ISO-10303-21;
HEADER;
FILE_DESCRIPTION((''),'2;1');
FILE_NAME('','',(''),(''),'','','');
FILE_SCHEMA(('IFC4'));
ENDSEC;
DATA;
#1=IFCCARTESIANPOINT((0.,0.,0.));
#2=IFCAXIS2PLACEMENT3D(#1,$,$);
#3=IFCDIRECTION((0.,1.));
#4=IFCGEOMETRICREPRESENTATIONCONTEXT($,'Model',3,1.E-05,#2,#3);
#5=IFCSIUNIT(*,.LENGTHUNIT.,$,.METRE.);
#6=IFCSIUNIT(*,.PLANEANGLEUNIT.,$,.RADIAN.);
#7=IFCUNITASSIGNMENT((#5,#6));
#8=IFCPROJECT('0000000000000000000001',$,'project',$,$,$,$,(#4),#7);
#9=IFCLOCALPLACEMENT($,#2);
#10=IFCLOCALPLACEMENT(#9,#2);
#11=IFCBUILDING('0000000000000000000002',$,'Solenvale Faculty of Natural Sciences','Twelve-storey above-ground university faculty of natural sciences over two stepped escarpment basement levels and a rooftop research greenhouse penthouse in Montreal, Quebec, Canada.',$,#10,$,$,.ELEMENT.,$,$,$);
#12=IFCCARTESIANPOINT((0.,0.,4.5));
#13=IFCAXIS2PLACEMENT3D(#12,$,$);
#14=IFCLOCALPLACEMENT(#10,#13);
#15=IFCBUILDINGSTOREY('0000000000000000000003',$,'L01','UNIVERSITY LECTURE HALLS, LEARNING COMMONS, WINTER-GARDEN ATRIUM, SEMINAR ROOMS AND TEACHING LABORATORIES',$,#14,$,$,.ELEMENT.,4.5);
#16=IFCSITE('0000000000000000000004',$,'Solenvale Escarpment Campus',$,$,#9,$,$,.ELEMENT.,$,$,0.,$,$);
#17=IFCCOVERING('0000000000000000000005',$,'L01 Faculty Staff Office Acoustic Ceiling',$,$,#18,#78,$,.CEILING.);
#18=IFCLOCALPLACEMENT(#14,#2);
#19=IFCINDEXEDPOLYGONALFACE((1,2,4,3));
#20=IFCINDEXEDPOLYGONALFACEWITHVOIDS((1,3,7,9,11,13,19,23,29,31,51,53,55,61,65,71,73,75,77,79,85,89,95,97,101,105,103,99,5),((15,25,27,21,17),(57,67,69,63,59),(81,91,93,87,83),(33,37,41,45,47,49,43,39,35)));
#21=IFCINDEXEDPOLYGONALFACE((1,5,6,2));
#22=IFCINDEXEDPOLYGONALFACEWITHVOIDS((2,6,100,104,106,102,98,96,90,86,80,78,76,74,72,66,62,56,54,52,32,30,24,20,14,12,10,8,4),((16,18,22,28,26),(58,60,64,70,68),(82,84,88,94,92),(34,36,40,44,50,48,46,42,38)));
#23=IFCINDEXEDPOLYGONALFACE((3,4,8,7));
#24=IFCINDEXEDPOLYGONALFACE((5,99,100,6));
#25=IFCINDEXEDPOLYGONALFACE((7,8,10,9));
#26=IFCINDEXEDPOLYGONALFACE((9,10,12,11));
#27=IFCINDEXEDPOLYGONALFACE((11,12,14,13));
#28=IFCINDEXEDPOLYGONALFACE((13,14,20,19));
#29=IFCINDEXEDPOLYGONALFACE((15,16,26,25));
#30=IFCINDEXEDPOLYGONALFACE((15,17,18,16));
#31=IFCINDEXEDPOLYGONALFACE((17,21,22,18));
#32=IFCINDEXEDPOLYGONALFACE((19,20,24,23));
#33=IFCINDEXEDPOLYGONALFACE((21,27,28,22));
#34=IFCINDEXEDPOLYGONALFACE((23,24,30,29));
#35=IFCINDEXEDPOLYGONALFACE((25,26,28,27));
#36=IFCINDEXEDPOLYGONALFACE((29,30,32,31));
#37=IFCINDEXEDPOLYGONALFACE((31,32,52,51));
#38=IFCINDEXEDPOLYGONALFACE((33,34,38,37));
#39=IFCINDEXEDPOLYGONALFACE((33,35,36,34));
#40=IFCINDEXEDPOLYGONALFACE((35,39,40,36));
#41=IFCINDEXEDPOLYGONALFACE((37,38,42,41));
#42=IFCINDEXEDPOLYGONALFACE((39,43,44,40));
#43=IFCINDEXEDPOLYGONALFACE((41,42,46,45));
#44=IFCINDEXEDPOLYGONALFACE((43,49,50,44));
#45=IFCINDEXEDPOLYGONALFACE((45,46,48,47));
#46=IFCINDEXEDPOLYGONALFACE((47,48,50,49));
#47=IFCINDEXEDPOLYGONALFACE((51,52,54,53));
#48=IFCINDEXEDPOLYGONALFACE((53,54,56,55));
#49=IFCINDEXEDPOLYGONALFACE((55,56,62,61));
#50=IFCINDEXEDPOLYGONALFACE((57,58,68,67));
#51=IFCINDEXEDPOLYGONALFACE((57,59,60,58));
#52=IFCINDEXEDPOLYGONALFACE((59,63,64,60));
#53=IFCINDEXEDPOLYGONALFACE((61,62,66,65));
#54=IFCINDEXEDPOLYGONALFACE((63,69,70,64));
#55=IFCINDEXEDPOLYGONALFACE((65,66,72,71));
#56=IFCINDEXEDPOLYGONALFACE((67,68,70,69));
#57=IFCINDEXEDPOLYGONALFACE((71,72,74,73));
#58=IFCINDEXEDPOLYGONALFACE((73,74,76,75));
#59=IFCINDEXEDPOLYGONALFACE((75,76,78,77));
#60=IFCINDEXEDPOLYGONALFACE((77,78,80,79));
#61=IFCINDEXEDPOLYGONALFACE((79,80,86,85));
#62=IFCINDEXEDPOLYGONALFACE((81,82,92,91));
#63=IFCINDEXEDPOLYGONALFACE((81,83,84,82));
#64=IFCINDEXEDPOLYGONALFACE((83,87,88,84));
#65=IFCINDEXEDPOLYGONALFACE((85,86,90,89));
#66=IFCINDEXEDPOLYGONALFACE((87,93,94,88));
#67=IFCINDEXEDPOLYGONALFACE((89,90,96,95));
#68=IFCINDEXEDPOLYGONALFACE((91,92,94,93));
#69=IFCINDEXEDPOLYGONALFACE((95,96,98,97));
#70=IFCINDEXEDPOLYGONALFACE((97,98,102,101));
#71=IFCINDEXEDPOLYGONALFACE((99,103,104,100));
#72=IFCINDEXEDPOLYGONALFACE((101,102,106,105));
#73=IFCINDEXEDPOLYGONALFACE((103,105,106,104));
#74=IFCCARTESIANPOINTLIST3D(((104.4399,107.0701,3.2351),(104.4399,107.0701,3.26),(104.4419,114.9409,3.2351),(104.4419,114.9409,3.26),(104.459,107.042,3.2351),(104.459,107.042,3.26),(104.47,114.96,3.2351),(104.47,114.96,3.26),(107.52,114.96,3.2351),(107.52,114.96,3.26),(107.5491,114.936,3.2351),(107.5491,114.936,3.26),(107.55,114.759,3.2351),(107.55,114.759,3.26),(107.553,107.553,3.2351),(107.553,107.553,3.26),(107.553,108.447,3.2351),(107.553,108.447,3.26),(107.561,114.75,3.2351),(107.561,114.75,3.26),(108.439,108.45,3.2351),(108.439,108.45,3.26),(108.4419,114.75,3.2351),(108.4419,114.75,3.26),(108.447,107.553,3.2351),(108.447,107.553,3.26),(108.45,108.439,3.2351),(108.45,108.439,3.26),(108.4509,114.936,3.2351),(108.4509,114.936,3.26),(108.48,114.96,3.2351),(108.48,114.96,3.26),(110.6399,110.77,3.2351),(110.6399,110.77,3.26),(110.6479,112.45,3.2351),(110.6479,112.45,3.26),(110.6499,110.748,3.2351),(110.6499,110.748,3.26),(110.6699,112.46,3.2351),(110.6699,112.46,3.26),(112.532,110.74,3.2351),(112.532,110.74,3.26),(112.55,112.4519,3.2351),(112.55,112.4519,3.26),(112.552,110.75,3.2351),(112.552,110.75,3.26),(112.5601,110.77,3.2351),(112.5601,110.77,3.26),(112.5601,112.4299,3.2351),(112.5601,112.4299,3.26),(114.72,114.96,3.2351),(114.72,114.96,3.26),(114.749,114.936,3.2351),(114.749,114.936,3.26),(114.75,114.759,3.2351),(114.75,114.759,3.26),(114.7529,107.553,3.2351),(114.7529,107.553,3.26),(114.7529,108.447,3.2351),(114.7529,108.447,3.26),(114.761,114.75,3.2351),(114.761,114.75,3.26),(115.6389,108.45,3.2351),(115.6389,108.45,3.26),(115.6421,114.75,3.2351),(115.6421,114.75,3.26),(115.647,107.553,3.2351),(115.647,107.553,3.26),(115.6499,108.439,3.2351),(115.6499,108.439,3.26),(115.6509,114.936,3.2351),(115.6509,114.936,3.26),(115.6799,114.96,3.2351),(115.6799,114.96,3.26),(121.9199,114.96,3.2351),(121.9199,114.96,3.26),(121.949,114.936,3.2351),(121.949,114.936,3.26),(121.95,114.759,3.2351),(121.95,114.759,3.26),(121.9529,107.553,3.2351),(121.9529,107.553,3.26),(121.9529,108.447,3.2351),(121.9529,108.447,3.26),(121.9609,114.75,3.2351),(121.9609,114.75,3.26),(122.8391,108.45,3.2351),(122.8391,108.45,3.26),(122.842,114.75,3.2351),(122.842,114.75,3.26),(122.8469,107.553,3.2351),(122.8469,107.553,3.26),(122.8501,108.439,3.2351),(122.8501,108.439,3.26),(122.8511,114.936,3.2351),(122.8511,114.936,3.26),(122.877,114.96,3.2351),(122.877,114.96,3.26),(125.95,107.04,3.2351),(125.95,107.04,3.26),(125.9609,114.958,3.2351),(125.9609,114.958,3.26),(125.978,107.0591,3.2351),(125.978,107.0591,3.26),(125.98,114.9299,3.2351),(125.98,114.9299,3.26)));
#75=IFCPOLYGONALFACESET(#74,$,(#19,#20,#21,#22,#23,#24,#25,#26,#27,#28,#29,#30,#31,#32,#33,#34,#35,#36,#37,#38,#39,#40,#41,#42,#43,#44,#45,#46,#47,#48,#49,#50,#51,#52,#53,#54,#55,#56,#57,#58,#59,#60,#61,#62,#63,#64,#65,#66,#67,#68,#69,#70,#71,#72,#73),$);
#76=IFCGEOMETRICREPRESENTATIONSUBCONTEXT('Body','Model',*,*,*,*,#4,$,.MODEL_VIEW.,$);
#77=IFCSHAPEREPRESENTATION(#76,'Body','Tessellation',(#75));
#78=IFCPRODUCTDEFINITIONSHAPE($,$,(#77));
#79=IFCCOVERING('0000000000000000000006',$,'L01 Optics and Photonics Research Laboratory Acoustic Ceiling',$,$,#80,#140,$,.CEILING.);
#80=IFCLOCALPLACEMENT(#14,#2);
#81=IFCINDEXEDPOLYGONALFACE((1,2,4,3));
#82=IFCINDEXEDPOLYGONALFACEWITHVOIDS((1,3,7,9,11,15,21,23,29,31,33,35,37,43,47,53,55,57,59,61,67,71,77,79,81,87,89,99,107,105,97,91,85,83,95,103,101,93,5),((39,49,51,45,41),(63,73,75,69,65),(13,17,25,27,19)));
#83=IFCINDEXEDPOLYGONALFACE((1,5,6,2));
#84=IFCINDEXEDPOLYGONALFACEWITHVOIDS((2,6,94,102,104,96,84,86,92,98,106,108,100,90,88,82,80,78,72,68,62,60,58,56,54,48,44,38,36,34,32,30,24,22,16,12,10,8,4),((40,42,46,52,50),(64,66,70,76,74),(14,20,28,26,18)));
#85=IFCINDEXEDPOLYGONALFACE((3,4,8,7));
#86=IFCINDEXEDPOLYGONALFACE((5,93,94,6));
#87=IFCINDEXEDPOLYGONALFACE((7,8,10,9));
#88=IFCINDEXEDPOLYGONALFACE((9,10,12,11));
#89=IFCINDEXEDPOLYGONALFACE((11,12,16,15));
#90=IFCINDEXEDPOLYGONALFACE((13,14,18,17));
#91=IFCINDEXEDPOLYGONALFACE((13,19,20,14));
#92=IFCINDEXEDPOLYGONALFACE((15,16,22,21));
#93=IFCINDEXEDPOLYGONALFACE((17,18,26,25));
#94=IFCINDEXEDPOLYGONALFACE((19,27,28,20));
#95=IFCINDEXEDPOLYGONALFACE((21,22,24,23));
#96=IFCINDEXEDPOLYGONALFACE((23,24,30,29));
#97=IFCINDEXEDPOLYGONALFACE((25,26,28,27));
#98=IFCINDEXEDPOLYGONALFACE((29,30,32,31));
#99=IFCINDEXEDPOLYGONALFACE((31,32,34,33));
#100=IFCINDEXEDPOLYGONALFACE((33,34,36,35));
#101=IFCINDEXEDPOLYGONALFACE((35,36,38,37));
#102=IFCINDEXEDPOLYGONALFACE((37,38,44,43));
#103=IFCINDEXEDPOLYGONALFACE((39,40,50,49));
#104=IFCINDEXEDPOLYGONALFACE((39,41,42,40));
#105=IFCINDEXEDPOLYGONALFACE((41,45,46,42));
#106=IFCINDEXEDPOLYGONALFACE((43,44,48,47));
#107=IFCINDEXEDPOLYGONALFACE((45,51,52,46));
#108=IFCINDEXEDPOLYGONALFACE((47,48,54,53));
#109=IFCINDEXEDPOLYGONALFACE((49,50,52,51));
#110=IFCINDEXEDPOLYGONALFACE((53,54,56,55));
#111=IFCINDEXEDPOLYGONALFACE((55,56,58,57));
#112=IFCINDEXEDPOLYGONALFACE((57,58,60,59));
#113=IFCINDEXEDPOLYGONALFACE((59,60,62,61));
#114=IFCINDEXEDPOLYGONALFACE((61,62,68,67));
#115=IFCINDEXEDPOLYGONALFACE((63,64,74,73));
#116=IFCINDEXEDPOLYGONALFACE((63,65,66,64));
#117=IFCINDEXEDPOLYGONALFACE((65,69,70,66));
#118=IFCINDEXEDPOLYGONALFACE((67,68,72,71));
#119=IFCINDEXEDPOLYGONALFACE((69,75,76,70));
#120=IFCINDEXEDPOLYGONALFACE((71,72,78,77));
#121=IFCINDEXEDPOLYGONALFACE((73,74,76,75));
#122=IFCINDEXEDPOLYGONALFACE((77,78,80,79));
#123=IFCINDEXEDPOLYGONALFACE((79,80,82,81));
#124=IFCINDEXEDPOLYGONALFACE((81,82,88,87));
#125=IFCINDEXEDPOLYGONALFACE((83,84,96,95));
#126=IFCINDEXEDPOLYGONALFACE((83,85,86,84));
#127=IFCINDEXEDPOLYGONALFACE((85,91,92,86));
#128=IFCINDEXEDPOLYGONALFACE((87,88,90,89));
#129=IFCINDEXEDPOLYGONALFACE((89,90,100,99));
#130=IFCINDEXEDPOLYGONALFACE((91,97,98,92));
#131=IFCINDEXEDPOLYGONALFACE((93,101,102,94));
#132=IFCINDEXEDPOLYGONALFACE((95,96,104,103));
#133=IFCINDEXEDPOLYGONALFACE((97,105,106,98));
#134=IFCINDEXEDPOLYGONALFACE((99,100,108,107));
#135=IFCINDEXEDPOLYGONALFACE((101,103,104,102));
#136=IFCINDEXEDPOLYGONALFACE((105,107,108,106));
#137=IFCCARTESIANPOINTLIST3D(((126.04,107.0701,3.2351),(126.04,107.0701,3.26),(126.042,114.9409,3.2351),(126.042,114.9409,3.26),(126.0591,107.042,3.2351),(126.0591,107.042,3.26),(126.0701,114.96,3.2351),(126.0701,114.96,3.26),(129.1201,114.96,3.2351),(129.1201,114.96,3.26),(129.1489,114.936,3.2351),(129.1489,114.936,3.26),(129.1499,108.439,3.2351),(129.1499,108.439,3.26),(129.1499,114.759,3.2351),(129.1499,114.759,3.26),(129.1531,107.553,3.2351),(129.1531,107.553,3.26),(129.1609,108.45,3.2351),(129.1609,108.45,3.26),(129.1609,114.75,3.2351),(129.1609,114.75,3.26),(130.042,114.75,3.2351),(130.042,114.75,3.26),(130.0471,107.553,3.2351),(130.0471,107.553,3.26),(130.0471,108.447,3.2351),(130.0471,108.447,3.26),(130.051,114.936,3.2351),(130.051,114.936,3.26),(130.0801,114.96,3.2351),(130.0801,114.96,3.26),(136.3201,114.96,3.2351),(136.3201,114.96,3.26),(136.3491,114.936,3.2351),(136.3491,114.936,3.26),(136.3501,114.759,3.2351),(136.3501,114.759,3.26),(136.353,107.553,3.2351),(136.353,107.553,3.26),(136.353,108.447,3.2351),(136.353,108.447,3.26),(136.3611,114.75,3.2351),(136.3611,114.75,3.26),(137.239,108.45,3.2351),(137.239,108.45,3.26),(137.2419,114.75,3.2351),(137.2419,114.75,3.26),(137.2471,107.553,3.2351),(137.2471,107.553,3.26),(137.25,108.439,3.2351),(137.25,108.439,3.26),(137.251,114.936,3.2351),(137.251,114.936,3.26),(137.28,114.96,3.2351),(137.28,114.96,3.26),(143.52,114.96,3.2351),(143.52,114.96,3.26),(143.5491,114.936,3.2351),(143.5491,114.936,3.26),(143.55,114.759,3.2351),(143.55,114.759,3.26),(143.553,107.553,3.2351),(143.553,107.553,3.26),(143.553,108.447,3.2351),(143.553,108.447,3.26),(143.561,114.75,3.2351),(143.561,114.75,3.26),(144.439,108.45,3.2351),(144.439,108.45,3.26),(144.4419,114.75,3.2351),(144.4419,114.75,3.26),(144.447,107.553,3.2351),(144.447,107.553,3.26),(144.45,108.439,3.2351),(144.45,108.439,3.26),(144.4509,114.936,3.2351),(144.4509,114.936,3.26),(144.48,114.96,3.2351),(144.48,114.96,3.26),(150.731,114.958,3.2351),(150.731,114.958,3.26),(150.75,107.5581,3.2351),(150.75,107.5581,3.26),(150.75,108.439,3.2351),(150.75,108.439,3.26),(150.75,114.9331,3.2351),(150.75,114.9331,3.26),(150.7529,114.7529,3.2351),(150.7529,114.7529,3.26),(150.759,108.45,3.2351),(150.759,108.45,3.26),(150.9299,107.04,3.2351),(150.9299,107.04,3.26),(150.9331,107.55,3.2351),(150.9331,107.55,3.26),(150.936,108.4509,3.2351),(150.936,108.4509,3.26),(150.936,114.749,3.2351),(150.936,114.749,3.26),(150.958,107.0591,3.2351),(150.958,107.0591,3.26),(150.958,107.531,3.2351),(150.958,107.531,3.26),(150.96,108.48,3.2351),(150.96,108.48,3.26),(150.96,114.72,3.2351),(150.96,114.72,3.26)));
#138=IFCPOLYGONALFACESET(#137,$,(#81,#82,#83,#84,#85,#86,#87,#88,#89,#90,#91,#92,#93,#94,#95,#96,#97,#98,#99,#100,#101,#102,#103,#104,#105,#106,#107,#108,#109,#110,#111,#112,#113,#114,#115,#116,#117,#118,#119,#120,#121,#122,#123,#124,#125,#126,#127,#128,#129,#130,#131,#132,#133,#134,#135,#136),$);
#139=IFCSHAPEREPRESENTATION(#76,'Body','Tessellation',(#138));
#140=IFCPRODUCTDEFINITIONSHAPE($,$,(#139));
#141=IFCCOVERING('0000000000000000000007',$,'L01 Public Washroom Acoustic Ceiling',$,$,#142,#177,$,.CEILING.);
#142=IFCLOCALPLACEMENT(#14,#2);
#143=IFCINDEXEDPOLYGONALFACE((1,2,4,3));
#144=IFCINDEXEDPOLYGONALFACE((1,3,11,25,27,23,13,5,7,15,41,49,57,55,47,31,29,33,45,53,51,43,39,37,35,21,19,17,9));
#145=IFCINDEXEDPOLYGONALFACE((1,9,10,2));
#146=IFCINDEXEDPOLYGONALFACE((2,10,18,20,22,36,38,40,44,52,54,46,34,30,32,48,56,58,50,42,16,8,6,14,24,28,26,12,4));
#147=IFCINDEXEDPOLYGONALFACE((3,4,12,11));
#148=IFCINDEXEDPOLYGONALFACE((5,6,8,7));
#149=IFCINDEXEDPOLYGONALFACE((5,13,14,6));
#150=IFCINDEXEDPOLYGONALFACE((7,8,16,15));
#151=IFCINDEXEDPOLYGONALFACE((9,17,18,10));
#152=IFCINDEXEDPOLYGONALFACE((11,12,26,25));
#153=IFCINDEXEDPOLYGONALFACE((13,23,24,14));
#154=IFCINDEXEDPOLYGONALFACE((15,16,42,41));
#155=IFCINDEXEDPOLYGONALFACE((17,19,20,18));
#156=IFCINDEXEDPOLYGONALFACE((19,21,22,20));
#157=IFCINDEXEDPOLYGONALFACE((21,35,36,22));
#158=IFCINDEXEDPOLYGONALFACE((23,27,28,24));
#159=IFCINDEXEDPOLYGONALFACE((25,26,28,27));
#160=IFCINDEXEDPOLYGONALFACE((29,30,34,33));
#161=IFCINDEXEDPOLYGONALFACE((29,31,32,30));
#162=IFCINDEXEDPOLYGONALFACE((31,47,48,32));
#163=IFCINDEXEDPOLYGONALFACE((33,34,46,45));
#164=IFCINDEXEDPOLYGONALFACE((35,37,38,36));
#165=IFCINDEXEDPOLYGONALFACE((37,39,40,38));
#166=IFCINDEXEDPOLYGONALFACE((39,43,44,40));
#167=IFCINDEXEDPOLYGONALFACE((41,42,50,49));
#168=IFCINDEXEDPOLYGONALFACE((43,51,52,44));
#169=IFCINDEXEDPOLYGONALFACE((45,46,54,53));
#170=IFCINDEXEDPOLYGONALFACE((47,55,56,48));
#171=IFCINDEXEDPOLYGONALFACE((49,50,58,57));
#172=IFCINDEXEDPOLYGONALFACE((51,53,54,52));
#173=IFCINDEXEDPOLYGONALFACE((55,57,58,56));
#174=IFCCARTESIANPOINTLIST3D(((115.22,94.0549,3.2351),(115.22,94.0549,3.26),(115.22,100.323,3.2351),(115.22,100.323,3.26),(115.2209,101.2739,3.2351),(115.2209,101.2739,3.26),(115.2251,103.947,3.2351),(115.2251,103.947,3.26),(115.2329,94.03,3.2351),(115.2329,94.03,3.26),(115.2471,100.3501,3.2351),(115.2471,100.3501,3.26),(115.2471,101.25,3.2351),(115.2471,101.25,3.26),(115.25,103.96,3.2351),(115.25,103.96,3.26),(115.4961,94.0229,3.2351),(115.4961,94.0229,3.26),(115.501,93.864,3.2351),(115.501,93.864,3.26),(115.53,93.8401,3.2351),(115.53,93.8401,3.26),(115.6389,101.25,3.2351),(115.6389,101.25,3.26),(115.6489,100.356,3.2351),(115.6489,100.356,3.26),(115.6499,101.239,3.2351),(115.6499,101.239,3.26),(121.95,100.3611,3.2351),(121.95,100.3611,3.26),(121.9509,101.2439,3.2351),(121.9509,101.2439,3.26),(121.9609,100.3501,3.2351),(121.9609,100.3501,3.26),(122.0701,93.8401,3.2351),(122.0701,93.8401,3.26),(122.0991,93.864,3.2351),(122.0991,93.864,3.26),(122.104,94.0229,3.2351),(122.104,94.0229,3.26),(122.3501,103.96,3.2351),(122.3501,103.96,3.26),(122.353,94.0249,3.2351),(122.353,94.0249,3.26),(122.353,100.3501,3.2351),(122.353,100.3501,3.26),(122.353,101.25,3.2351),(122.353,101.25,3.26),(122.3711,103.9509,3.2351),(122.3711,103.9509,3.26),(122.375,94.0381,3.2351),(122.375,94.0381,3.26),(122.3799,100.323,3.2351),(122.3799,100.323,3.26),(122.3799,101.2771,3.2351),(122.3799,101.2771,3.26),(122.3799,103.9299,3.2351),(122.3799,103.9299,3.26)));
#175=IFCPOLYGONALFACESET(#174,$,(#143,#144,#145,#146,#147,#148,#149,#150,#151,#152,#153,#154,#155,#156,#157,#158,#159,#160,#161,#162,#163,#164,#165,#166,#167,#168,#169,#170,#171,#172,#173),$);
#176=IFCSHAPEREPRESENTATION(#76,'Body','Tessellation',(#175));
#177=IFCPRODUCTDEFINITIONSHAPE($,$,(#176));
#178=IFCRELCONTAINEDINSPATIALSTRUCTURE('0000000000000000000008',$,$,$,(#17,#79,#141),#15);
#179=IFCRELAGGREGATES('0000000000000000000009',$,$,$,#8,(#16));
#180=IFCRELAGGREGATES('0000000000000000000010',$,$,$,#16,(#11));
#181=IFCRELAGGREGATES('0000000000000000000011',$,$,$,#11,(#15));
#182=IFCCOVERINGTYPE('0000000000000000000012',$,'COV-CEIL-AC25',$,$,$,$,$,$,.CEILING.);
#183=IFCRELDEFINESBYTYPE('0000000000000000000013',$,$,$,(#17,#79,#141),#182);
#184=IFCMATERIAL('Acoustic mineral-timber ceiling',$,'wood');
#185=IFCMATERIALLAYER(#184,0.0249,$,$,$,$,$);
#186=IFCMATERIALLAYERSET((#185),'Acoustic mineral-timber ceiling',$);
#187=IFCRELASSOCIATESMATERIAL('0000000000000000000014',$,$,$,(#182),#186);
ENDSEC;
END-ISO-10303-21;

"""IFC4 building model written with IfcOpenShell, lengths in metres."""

from ifc_helpers import new_model, si_unit, direction, frame, origin, place, context, subcontext, project, spatial, polyline, outline, extrude, material, layer, layer_set, type_object, element, save


model = new_model("IFC4")

# Units and contexts
model_context = context("Model", 3, precision=1e-05, world=origin(), true_north=direction((0.0, 1.0)))
body_context = subcontext(model_context, "Body", "Model", "MODEL_VIEW")
ifc_project = project(units=[si_unit("LENGTHUNIT", "METRE"), si_unit("PLANEANGLEUNIT", "RADIAN")], contexts=[model_context])

# Site, building, storey
site_placement = place(None, origin())
site = spatial("IfcSite", under=ifc_project, at=site_placement, Name="Solenvale Escarpment Campus", CompositionType="ELEMENT", RefElevation=0.0)
building_placement = place(site_placement, origin())
building = spatial("IfcBuilding", under=site, at=building_placement, Name="Solenvale Faculty of Natural Sciences", Description="Twelve-storey above-ground university faculty of natural sciences over two stepped escarpment basement levels and a rooftop research greenhouse penthouse in Montreal, Quebec, Canada.", CompositionType="ELEMENT")
storey_placement = place(building_placement, frame((0.0, 0.0, 4.5)))
storey = spatial("IfcBuildingStorey", under=building, at=storey_placement, Name="L01", Description="UNIVERSITY LECTURE HALLS, LEARNING COMMONS, WINTER-GARDEN ATRIUM, SEMINAR ROOMS AND TEACHING LABORATORIES", CompositionType="ELEMENT", Elevation=4.5)

# Coverings
ifc_material_1 = material(Name="Acoustic mineral-timber ceiling", Category="wood")
ifc_layer_1 = layer(ifc_material_1, 0.0249)
ifc_layer_set_1 = layer_set([ifc_layer_1], Name="Acoustic mineral-timber ceiling")
covering_type_1 = type_object("IfcCoveringType", Name="COV-CEIL-AC25", PredefinedType="CEILING", material=ifc_layer_set_1)
covering_1_placement = place(storey_placement, frame((0.0, 0.0, 3.2351)))
element("IfcCovering", 1, at=covering_1_placement, inside=storey, type_object=covering_type_1, Name="L01 Faculty Staff Office Acoustic Ceiling", PredefinedType="CEILING", context=body_context, shape_type="SweptSolid", body=[
    extrude(outline(polyline([(107.52, 114.96), (107.5491, 114.936), (107.55, 114.759), (107.561, 114.75), (108.4419, 114.75), (108.4509, 114.936), (108.48, 114.96), (114.72, 114.96), (114.749, 114.936), (114.75, 114.759), (114.761, 114.75), (115.6421, 114.75), (115.6509, 114.936), (115.6799, 114.96), (121.9199, 114.96), (121.949, 114.936), (121.95, 114.759), (121.9609, 114.75), (122.842, 114.75), (122.8511, 114.936), (122.877, 114.96), (125.9609, 114.958), (125.98, 114.9299), (125.978, 107.0591), (125.95, 107.04), (104.459, 107.042), (104.4399, 107.0701), (104.4419, 114.9409), (104.47, 114.96), (107.52, 114.96)]), holes=[polyline([(122.8501, 108.439), (122.8391, 108.45), (121.9529, 108.447), (121.9529, 107.553), (122.8469, 107.553), (122.8501, 108.439)]), polyline([(115.6499, 108.439), (115.6389, 108.45), (114.7529, 108.447), (114.7529, 107.553), (115.647, 107.553), (115.6499, 108.439)]), polyline([(112.532, 110.74), (112.552, 110.75), (112.5601, 110.77), (112.5601, 112.4299), (112.55, 112.4519), (110.6699, 112.46), (110.6479, 112.45), (110.6399, 110.77), (110.6499, 110.748), (112.532, 110.74)]), polyline([(108.45, 108.439), (108.439, 108.45), (107.553, 108.447), (107.553, 107.553), (108.447, 107.553), (108.45, 108.439)])]), origin(), (0.0, 0.0, 1.0), 0.0249),
])
covering_2_placement = place(storey_placement, frame((0.0, 0.0, 3.2351)))
element("IfcCovering", 2, at=covering_2_placement, inside=storey, type_object=covering_type_1, Name="L01 Optics and Photonics Research Laboratory Acoustic Ceiling", PredefinedType="CEILING", context=body_context, shape_type="SweptSolid", body=[
    extrude(outline(polyline([(129.1201, 114.96), (129.1489, 114.936), (129.1499, 114.759), (129.1609, 114.75), (130.042, 114.75), (130.051, 114.936), (130.0801, 114.96), (136.3201, 114.96), (136.3491, 114.936), (136.3501, 114.759), (136.3611, 114.75), (137.2419, 114.75), (137.251, 114.936), (137.28, 114.96), (143.52, 114.96), (143.5491, 114.936), (143.55, 114.759), (143.561, 114.75), (144.4419, 114.75), (144.4509, 114.936), (144.48, 114.96), (150.731, 114.958), (150.75, 114.9331), (150.7529, 114.7529), (150.936, 114.749), (150.96, 114.72), (150.96, 108.48), (150.936, 108.4509), (150.759, 108.45), (150.75, 108.439), (150.75, 107.5581), (150.9331, 107.55), (150.958, 107.531), (150.958, 107.0591), (150.9299, 107.04), (126.0591, 107.042), (126.04, 107.0701), (126.042, 114.9409), (126.0701, 114.96), (129.1201, 114.96)]), holes=[polyline([(144.45, 108.439), (144.439, 108.45), (143.553, 108.447), (143.553, 107.553), (144.447, 107.553), (144.45, 108.439)]), polyline([(137.25, 108.439), (137.239, 108.45), (136.353, 108.447), (136.353, 107.553), (137.2471, 107.553), (137.25, 108.439)]), polyline([(129.1609, 108.45), (129.1499, 108.439), (129.1531, 107.553), (130.0471, 107.553), (130.0471, 108.447), (129.1609, 108.45)])]), origin(), (0.0, 0.0, 1.0), 0.0249),
])
covering_3_placement = place(storey_placement, frame((0.0, 0.0, 3.2351)))
element("IfcCovering", 3, at=covering_3_placement, inside=storey, type_object=covering_type_1, Name="L01 Public Washroom Acoustic Ceiling", PredefinedType="CEILING", context=body_context, shape_type="SweptSolid", body=[
    extrude(outline(polyline([(122.3501, 103.96), (122.3711, 103.9509), (122.3799, 103.9299), (122.3799, 101.2771), (122.353, 101.25), (121.9509, 101.2439), (121.95, 100.3611), (121.9609, 100.3501), (122.353, 100.3501), (122.3799, 100.323), (122.375, 94.0381), (122.353, 94.0249), (122.104, 94.0229), (122.0991, 93.864), (122.0701, 93.8401), (115.53, 93.8401), (115.501, 93.864), (115.4961, 94.0229), (115.2329, 94.03), (115.22, 94.0549), (115.22, 100.323), (115.2471, 100.3501), (115.6489, 100.356), (115.6499, 101.239), (115.6389, 101.25), (115.2471, 101.25), (115.2209, 101.2739), (115.2251, 103.947), (115.25, 103.96), (122.3501, 103.96)])), origin(), (0.0, 0.0, 1.0), 0.0249),
])

save(model, "model.ifc")
